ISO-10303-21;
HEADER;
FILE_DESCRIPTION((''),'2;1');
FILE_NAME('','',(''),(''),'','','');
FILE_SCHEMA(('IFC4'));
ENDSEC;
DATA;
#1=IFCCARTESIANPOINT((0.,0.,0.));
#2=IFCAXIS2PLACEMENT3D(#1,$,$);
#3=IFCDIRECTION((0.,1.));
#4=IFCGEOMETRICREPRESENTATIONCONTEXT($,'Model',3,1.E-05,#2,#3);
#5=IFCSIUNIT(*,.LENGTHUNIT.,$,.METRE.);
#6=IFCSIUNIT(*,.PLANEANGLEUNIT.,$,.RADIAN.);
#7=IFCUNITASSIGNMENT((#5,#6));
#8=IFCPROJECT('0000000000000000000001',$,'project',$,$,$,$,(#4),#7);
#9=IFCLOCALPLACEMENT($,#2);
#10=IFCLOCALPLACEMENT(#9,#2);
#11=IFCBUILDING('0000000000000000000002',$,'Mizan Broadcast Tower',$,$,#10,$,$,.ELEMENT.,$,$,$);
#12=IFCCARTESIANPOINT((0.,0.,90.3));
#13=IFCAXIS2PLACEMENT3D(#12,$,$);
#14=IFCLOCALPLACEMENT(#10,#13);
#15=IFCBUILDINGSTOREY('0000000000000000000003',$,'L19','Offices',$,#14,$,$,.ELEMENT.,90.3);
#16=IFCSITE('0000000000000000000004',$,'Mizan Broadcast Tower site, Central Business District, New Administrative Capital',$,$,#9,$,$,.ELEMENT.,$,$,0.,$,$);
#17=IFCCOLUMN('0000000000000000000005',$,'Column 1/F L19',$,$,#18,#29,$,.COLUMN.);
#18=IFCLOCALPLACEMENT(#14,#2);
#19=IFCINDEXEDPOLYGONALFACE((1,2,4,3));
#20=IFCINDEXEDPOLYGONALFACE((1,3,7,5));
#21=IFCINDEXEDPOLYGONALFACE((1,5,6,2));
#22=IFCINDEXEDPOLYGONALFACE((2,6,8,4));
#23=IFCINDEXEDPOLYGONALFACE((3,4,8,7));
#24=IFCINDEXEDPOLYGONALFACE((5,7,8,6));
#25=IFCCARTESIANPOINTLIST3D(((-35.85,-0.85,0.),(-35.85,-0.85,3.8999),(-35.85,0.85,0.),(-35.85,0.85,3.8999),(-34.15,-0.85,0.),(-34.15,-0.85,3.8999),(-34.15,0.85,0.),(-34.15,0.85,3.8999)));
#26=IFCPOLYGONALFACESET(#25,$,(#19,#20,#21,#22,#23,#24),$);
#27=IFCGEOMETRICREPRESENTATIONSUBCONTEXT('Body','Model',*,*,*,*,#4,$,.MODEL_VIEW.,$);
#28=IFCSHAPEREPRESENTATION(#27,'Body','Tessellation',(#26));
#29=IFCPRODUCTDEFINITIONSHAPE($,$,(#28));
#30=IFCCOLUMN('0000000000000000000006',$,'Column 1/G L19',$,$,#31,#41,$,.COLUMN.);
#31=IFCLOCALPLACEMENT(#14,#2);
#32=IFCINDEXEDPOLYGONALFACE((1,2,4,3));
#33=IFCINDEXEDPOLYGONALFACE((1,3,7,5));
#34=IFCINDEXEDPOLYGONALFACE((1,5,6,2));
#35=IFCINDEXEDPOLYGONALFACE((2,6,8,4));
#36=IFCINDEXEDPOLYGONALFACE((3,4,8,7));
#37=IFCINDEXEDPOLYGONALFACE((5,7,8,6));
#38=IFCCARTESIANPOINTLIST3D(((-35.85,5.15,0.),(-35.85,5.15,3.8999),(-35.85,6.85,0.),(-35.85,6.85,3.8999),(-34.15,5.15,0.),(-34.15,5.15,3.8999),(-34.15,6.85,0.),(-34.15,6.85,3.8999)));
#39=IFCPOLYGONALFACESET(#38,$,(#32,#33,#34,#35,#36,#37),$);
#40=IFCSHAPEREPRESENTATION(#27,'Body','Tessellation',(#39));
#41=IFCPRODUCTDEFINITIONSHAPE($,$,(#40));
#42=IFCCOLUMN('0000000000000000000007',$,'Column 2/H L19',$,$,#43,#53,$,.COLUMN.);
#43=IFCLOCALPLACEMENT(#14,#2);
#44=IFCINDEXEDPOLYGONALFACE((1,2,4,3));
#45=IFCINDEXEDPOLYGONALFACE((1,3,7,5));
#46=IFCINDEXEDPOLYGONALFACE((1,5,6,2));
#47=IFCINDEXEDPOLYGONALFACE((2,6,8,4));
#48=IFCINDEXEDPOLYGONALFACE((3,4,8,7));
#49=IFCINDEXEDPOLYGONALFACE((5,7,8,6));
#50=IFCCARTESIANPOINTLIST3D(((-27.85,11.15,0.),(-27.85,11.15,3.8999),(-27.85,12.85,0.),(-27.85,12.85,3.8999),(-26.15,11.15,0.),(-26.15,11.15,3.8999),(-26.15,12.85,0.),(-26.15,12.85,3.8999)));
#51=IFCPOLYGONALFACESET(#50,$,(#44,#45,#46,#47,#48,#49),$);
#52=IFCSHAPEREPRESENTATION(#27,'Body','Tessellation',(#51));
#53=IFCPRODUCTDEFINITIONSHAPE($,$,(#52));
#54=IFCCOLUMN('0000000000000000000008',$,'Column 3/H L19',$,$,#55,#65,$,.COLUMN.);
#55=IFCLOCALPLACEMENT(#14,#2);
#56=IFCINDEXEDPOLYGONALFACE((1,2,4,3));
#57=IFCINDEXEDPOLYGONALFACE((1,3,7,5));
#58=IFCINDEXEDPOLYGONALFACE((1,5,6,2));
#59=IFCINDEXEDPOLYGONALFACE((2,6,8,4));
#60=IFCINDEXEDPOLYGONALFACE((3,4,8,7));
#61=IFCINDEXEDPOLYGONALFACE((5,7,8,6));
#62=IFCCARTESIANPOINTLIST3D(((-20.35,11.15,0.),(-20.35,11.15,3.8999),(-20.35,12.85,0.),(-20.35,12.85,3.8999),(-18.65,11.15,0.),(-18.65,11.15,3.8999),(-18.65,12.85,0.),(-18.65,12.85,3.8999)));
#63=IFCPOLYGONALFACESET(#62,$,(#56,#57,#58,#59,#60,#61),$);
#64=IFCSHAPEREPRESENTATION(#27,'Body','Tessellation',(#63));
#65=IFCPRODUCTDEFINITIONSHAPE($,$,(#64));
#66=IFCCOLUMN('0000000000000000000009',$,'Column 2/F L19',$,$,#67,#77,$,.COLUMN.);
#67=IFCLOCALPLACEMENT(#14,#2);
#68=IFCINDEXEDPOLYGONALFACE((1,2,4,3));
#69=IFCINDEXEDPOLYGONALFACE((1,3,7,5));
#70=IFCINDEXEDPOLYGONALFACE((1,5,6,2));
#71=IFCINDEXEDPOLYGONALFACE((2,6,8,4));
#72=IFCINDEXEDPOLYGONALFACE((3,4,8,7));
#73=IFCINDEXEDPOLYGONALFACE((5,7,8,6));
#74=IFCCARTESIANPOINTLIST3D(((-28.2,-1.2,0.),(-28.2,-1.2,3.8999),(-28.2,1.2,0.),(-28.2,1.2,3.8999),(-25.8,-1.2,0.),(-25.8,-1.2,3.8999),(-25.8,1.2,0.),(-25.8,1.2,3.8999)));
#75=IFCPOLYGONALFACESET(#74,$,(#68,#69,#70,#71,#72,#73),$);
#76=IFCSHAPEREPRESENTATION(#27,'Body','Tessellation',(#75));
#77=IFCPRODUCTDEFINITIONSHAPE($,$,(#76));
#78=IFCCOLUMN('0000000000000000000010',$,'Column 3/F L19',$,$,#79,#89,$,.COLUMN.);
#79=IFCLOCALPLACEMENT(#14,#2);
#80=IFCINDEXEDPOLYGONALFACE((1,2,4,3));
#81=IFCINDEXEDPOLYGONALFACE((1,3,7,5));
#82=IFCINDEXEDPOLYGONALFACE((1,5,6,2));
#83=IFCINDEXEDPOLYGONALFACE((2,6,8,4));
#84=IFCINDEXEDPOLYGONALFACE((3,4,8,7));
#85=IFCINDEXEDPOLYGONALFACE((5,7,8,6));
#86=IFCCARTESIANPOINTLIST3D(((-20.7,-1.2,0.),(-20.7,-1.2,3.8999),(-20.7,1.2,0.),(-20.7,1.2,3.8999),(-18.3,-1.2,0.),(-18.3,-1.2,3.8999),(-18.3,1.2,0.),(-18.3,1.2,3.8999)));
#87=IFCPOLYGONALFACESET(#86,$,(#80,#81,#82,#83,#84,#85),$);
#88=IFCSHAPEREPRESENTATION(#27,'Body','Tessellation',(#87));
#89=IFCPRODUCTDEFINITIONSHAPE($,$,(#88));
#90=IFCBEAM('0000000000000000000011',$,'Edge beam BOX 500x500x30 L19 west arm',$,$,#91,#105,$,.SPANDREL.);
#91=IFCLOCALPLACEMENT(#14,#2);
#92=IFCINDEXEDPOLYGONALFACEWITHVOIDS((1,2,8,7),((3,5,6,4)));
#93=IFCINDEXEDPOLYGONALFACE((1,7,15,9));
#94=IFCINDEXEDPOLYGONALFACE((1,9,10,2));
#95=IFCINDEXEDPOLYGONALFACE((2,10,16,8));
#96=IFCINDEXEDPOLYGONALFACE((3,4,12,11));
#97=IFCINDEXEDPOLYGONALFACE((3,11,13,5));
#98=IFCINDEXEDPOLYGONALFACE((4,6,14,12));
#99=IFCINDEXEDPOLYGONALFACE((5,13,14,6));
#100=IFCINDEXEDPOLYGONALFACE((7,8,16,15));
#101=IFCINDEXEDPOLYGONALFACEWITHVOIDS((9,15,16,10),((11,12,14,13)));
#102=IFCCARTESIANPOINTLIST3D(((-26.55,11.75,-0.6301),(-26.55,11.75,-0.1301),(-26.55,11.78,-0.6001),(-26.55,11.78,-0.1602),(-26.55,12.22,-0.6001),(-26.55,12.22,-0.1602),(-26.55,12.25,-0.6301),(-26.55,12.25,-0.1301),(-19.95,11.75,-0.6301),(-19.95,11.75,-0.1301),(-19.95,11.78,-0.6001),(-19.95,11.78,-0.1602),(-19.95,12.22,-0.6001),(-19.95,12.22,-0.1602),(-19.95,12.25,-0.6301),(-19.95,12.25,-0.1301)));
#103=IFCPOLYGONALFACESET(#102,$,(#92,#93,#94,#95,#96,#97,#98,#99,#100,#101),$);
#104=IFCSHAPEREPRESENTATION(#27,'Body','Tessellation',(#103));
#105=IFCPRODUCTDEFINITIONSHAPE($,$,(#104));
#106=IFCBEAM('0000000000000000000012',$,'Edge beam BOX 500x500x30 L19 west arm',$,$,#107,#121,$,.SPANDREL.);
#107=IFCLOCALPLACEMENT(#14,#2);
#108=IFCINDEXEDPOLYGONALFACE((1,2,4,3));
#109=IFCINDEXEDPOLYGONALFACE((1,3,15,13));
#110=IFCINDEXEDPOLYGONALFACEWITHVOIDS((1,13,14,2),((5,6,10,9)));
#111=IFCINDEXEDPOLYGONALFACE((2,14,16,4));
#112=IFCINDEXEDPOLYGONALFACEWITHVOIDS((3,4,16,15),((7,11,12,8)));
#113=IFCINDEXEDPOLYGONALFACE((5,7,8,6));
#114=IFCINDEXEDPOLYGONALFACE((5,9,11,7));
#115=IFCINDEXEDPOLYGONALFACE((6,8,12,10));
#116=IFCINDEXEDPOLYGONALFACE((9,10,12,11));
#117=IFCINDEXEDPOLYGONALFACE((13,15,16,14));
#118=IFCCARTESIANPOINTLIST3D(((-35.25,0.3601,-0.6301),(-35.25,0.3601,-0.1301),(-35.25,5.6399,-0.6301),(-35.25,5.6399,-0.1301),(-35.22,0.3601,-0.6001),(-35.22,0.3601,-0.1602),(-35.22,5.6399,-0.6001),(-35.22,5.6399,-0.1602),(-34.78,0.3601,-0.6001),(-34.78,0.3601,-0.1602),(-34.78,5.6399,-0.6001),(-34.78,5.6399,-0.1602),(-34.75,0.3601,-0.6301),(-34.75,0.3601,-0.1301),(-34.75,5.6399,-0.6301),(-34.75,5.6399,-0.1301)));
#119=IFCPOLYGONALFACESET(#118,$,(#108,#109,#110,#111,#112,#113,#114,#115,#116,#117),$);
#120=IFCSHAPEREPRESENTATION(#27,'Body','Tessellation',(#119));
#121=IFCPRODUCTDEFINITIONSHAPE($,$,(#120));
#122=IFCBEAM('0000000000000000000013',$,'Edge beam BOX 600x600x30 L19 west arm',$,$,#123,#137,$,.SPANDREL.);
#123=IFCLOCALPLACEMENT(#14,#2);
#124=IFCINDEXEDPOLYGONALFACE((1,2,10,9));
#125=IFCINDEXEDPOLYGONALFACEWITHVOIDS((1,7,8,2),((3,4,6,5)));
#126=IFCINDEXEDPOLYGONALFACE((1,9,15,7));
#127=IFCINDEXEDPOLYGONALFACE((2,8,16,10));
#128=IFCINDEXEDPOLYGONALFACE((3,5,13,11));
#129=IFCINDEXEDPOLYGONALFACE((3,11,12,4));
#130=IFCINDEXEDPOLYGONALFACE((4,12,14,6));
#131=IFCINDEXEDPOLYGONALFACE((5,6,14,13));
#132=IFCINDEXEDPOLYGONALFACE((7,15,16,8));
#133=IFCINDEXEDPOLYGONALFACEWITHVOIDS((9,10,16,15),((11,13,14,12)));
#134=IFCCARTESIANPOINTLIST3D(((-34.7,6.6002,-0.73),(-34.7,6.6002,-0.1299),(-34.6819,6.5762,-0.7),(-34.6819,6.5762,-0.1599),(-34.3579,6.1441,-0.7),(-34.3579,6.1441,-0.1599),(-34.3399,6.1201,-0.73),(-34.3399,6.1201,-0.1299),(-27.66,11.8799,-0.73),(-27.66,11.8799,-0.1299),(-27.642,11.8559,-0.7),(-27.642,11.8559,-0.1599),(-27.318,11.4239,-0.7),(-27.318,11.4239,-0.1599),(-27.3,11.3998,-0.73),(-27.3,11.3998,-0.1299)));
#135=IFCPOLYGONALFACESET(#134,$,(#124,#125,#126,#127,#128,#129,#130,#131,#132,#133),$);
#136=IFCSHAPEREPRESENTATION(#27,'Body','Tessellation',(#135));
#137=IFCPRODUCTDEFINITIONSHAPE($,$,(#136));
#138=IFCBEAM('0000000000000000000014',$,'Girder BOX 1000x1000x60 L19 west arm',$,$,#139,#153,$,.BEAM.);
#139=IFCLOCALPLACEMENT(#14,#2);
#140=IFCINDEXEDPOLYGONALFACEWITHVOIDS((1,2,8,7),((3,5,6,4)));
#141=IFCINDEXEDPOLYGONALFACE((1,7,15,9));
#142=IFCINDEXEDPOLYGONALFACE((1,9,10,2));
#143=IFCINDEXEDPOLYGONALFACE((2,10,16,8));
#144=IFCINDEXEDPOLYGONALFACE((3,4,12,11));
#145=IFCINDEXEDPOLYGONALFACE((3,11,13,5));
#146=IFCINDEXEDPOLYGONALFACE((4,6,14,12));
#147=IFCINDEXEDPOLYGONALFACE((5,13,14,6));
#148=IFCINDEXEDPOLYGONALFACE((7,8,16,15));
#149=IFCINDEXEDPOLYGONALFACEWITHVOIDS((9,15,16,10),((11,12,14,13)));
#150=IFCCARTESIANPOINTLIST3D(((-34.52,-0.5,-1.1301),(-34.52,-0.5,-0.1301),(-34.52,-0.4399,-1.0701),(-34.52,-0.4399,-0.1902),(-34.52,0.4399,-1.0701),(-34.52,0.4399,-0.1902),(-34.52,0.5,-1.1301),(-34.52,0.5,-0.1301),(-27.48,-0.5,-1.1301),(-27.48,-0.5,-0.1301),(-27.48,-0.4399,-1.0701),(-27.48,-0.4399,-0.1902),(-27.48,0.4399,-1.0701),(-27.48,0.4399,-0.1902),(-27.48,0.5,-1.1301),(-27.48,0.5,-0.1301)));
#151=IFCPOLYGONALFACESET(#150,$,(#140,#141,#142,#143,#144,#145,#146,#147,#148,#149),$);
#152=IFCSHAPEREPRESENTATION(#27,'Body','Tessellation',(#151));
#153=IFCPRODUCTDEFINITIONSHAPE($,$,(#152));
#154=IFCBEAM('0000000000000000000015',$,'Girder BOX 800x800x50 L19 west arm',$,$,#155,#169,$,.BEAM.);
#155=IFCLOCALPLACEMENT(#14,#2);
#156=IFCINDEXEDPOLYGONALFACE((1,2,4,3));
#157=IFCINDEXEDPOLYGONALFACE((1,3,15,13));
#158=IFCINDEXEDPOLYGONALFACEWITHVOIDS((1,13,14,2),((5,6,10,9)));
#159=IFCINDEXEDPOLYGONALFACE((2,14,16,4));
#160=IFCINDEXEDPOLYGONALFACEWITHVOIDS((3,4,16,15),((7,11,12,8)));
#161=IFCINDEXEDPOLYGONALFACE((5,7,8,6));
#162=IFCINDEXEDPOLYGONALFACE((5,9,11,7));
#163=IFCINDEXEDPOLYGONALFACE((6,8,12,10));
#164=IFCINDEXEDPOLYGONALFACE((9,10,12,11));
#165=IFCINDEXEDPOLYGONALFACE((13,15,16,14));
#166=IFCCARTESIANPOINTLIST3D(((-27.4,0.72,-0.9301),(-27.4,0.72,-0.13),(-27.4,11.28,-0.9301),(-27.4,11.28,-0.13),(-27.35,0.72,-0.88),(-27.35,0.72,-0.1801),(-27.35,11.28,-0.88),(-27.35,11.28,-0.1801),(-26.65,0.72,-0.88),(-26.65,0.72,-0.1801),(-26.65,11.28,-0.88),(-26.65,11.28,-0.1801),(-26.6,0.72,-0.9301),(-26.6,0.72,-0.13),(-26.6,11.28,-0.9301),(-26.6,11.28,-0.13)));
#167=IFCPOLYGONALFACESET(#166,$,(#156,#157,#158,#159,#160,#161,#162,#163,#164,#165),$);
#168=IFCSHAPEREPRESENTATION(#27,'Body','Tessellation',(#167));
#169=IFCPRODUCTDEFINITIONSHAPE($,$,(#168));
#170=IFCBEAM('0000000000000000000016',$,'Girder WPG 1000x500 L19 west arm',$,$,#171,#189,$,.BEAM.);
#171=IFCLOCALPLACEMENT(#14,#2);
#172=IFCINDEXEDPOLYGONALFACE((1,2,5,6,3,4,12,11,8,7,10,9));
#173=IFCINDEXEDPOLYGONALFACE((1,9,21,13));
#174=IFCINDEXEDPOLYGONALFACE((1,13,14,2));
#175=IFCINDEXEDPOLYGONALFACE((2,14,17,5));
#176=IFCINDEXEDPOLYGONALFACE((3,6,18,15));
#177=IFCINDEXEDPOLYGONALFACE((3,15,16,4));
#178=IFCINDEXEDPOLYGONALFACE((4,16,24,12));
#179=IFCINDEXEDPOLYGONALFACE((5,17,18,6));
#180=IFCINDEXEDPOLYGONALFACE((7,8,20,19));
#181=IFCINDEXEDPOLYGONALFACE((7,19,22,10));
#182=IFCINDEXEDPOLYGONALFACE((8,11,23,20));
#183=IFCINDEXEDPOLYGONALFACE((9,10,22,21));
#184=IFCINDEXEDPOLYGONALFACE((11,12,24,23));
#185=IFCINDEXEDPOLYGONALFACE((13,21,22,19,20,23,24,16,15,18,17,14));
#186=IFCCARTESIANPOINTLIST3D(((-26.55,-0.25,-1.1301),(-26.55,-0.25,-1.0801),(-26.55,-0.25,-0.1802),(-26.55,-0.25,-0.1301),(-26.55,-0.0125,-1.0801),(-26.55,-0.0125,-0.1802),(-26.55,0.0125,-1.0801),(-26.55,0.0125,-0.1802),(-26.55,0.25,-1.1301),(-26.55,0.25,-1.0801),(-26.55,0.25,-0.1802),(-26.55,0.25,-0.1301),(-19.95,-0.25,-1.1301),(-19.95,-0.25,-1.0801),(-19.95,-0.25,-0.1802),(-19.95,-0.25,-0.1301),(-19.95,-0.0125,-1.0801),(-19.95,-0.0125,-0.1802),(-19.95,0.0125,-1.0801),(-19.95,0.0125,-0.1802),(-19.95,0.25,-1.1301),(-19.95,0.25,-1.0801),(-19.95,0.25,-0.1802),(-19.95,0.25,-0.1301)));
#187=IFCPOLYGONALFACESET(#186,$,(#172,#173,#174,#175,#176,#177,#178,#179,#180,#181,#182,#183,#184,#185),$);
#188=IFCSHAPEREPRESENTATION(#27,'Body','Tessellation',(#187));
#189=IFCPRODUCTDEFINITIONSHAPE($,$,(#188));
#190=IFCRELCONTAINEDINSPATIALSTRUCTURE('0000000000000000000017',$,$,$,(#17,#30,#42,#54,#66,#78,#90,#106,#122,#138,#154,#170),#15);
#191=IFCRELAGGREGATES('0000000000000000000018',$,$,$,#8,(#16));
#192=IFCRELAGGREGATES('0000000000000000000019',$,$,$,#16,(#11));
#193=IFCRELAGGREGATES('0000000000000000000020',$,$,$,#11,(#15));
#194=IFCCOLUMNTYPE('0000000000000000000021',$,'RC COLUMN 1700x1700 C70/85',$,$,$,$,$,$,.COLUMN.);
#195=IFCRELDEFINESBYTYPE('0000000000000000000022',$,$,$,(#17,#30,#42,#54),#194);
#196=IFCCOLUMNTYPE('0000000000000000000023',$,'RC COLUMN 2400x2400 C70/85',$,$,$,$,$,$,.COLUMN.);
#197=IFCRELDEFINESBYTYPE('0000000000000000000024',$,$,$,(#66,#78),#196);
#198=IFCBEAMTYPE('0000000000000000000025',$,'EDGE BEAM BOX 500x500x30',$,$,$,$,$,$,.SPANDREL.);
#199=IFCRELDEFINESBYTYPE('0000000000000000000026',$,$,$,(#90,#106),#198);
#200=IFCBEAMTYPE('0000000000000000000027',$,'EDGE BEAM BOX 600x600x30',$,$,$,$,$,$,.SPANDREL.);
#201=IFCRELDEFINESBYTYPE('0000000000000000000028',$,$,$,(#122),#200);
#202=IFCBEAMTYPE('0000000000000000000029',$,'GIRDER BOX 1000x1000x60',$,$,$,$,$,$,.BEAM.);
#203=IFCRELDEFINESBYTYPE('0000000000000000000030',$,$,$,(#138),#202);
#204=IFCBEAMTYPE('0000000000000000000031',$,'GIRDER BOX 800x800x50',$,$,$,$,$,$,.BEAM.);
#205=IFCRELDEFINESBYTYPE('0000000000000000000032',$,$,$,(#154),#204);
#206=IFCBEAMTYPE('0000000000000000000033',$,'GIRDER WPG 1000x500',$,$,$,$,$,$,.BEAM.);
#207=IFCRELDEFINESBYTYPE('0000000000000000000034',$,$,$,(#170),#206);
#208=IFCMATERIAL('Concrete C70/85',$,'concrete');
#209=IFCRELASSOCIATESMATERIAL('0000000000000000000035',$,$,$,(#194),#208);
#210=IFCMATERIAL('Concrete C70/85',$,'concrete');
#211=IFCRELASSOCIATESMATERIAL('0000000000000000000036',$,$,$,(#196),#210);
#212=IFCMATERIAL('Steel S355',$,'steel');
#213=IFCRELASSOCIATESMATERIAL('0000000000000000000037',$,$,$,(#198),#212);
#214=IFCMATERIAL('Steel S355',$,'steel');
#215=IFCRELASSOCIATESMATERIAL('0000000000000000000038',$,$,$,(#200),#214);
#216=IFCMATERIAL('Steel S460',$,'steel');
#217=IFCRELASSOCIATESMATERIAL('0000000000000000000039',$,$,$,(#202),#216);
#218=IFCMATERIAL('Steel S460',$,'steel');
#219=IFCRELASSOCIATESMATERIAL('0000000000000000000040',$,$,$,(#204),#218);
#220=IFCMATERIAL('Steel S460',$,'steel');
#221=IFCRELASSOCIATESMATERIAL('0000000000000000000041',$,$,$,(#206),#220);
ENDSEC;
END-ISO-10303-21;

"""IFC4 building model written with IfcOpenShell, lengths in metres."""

from ifc_helpers import new_model, si_unit, direction, frame, origin, origin_2d, place, context, subcontext, project, spatial, rectangle, hollow_rectangle, i_section, extrude, material, material_profile, profile_set, type_object, element, save


model = new_model("IFC4")

# Units and contexts
model_context = context("Model", 3, precision=1e-05, world=origin(), true_north=direction((0.0, 1.0)))
body_context = subcontext(model_context, "Body", "Model", "MODEL_VIEW")
ifc_project = project(units=[si_unit("LENGTHUNIT", "METRE"), si_unit("PLANEANGLEUNIT", "RADIAN")], contexts=[model_context])

# Site, building, storey
site_placement = place(None, origin())
site = spatial("IfcSite", under=ifc_project, at=site_placement, Name="Mizan Broadcast Tower site, Central Business District, New Administrative Capital", CompositionType="ELEMENT", RefElevation=0.0)
building_placement = place(site_placement, origin())
building = spatial("IfcBuilding", under=site, at=building_placement, Name="Mizan Broadcast Tower", CompositionType="ELEMENT")
storey_placement = place(building_placement, frame((0.0, 0.0, 90.3)))
storey = spatial("IfcBuildingStorey", under=building, at=storey_placement, Name="L19", Description="Offices", CompositionType="ELEMENT", Elevation=90.3)

# Columns
ifc_material_1 = material(Name="Concrete C70/85", Category="concrete")
ifc_material_profile_1 = material_profile(ifc_material_1, rectangle(XDim=1.7, YDim=1.7, at=origin_2d()), Name="RC 1700x1700")
ifc_profile_set_1 = profile_set([ifc_material_profile_1], Name="Concrete C70/85")
column_type_1 = type_object("IfcColumnType", Name="RC COLUMN 1700x1700 C70/85", PredefinedType="COLUMN", material=ifc_profile_set_1)
for number, where, z_axis, x_axis, name in (
    (1, (-35.0, 0.0, 0.0), (0.0, 0.0, 1.0), (1.0, 0.0, 0.0), "Column 1/F L19"),
    (2, (-35.0, 6.0, 0.0), (0.0, 0.0, 1.0), (1.0, 0.0, 0.0), "Column 1/G L19"),
    (3, (-27.0, 12.0, 0.0), (0.0, 0.0, 1.0), (1.0, 0.0, 0.0), "Column 2/H L19"),
    (4, (-19.5, 12.0, 0.0), (0.0, 0.0, 1.0), (1.0, 0.0, 0.0), "Column 3/H L19"),
):
    element("IfcColumn", number, at=place(storey_placement, frame(where, z_axis=z_axis, x_axis=x_axis)), inside=storey, type_object=column_type_1, Name=name, PredefinedType="COLUMN", context=body_context, shape_type="SweptSolid", body=[
        extrude(rectangle(XDim=1.7, YDim=1.7, at=origin_2d()), origin(), (0.0, 0.0, 1.0), 3.8999),
    ])
ifc_material_2 = material(Name="Concrete C70/85", Category="concrete")
ifc_material_profile_2 = material_profile(ifc_material_2, rectangle(XDim=2.3999, YDim=2.3999, at=origin_2d()), Name="RC 2400x2400")
ifc_profile_set_2 = profile_set([ifc_material_profile_2], Name="Concrete C70/85")
column_type_2 = type_object("IfcColumnType", Name="RC COLUMN 2400x2400 C70/85", PredefinedType="COLUMN", material=ifc_profile_set_2)
for number, where, z_axis, x_axis, name in (
    (5, (-27.0, 0.0, 0.0), (0.0, 0.0, 1.0), (1.0, 0.0, 0.0), "Column 2/F L19"),
    (6, (-19.5, 0.0, 0.0), (0.0, 0.0, 1.0), (1.0, 0.0, 0.0), "Column 3/F L19"),
):
    element("IfcColumn", number, at=place(storey_placement, frame(where, z_axis=z_axis, x_axis=x_axis)), inside=storey, type_object=column_type_2, Name=name, PredefinedType="COLUMN", context=body_context, shape_type="SweptSolid", body=[
        extrude(rectangle(XDim=2.3999, YDim=2.3999, at=origin_2d()), origin(), (0.0, 0.0, 1.0), 3.8999),
    ])

# Beams
ifc_material_3 = material(Name="Steel S355", Category="steel")
ifc_material_profile_3 = material_profile(ifc_material_3, hollow_rectangle(XDim=0.5, YDim=0.5, WallThickness=0.03, at=origin_2d()), Name="BOX 500x500x30")
ifc_profile_set_3 = profile_set([ifc_material_profile_3], Name="Steel S355")
beam_type_1 = type_object("IfcBeamType", Name="EDGE BEAM BOX 500x500x30", PredefinedType="SPANDREL", material=ifc_profile_set_3)
beam_1_placement = place(storey_placement, frame((-19.95, 12.0, -0.3801), z_axis=(-1.0, 0.0, 0.0), x_axis=(0.0, -1.0, 0.0)))
element("IfcBeam", 7, at=beam_1_placement, inside=storey, type_object=beam_type_1, Name="Edge beam BOX 500x500x30 L19 west arm", PredefinedType="SPANDREL", context=body_context, shape_type="SweptSolid", body=[
    extrude(hollow_rectangle(XDim=0.5, YDim=0.5, WallThickness=0.03, at=origin_2d()), origin(), (0.0, 0.0, 1.0), 6.6001),
])
beam_2_placement = place(storey_placement, frame((-35.0, 5.6399, -0.3801), z_axis=(0.0, -1.0, 0.0), x_axis=(1.0, 0.0, 0.0)))
element("IfcBeam", 8, at=beam_2_placement, inside=storey, type_object=beam_type_1, Name="Edge beam BOX 500x500x30 L19 west arm", PredefinedType="SPANDREL", context=body_context, shape_type="SweptSolid", body=[
    extrude(hollow_rectangle(XDim=0.5, YDim=0.5, WallThickness=0.03, at=origin_2d()), origin(), (0.0, 0.0, 1.0), 5.2798),
])
ifc_material_4 = material(Name="Steel S355", Category="steel")
ifc_material_profile_4 = material_profile(ifc_material_4, hollow_rectangle(XDim=0.6001, YDim=0.6001, WallThickness=0.03, at=origin_2d()), Name="BOX 600x600x30")
ifc_profile_set_4 = profile_set([ifc_material_profile_4], Name="Steel S355")
beam_type_2 = type_object("IfcBeamType", Name="EDGE BEAM BOX 600x600x30", PredefinedType="SPANDREL", material=ifc_profile_set_4)
beam_3_placement = place(storey_placement, frame((-27.48, 11.6399, -0.4299), z_axis=(-0.800013, -0.599982, 0.0), x_axis=(0.599982, -0.800013, 0.0)))
element("IfcBeam", 9, at=beam_3_placement, inside=storey, type_object=beam_type_2, Name="Edge beam BOX 600x600x30 L19 west arm", PredefinedType="SPANDREL", context=body_context, shape_type="SweptSolid", body=[
    extrude(hollow_rectangle(XDim=0.6001, YDim=0.6001, WallThickness=0.03, at=origin_2d()), origin(), (0.0, 0.0, 1.0), 8.7998),
])
ifc_material_5 = material(Name="Steel S460", Category="steel")
ifc_material_profile_5 = material_profile(ifc_material_5, hollow_rectangle(XDim=1.0, YDim=1.0, WallThickness=0.0601, at=origin_2d()), Name="BOX 1000x1000x60")
ifc_profile_set_5 = profile_set([ifc_material_profile_5], Name="Steel S460")
beam_type_3 = type_object("IfcBeamType", Name="GIRDER BOX 1000x1000x60", PredefinedType="BEAM", material=ifc_profile_set_5)
beam_4_placement = place(storey_placement, frame((-27.48, 0.0, -0.6301), z_axis=(-1.0, 0.0, 0.0), x_axis=(0.0, -1.0, 0.0)))
element("IfcBeam", 10, at=beam_4_placement, inside=storey, type_object=beam_type_3, Name="Girder BOX 1000x1000x60 L19 west arm", PredefinedType="BEAM", context=body_context, shape_type="SweptSolid", body=[
    extrude(hollow_rectangle(XDim=1.0, YDim=1.0, WallThickness=0.0601, at=origin_2d()), origin(), (0.0, 0.0, 1.0), 7.04),
])
ifc_material_6 = material(Name="Steel S460", Category="steel")
ifc_material_profile_6 = material_profile(ifc_material_6, hollow_rectangle(XDim=0.8, YDim=0.8, WallThickness=0.05, at=origin_2d()), Name="BOX 800x800x50")
ifc_profile_set_6 = profile_set([ifc_material_profile_6], Name="Steel S460")
beam_type_4 = type_object("IfcBeamType", Name="GIRDER BOX 800x800x50", PredefinedType="BEAM", material=ifc_profile_set_6)
beam_5_placement = place(storey_placement, frame((-27.0, 11.28, -0.53), z_axis=(0.0, -1.0, 0.0), x_axis=(1.0, 0.0, 0.0)))
element("IfcBeam", 11, at=beam_5_placement, inside=storey, type_object=beam_type_4, Name="Girder BOX 800x800x50 L19 west arm", PredefinedType="BEAM", context=body_context, shape_type="SweptSolid", body=[
    extrude(hollow_rectangle(XDim=0.8, YDim=0.8, WallThickness=0.05, at=origin_2d()), origin(), (0.0, 0.0, 1.0), 10.5601),
])
ifc_material_7 = material(Name="Steel S460", Category="steel")
ifc_material_profile_7 = material_profile(ifc_material_7, i_section(OverallWidth=0.5, OverallDepth=1.0, WebThickness=0.0249, FlangeThickness=0.05, at=origin_2d()), Name="WPG 1000x500")
ifc_profile_set_7 = profile_set([ifc_material_profile_7], Name="Steel S460")
beam_type_5 = type_object("IfcBeamType", Name="GIRDER WPG 1000x500", PredefinedType="BEAM", material=ifc_profile_set_7)
beam_6_placement = place(storey_placement, frame((-19.95, 0.0, -0.6301), z_axis=(-1.0, 0.0, 0.0), x_axis=(0.0, -1.0, 0.0)))
element("IfcBeam", 12, at=beam_6_placement, inside=storey, type_object=beam_type_5, Name="Girder WPG 1000x500 L19 west arm", PredefinedType="BEAM", context=body_context, shape_type="SweptSolid", body=[
    extrude(i_section(OverallWidth=0.5, OverallDepth=1.0, WebThickness=0.0249, FlangeThickness=0.05, at=origin_2d()), origin(), (0.0, 0.0, 1.0), 6.6001),
])

save(model, "model.ifc")
